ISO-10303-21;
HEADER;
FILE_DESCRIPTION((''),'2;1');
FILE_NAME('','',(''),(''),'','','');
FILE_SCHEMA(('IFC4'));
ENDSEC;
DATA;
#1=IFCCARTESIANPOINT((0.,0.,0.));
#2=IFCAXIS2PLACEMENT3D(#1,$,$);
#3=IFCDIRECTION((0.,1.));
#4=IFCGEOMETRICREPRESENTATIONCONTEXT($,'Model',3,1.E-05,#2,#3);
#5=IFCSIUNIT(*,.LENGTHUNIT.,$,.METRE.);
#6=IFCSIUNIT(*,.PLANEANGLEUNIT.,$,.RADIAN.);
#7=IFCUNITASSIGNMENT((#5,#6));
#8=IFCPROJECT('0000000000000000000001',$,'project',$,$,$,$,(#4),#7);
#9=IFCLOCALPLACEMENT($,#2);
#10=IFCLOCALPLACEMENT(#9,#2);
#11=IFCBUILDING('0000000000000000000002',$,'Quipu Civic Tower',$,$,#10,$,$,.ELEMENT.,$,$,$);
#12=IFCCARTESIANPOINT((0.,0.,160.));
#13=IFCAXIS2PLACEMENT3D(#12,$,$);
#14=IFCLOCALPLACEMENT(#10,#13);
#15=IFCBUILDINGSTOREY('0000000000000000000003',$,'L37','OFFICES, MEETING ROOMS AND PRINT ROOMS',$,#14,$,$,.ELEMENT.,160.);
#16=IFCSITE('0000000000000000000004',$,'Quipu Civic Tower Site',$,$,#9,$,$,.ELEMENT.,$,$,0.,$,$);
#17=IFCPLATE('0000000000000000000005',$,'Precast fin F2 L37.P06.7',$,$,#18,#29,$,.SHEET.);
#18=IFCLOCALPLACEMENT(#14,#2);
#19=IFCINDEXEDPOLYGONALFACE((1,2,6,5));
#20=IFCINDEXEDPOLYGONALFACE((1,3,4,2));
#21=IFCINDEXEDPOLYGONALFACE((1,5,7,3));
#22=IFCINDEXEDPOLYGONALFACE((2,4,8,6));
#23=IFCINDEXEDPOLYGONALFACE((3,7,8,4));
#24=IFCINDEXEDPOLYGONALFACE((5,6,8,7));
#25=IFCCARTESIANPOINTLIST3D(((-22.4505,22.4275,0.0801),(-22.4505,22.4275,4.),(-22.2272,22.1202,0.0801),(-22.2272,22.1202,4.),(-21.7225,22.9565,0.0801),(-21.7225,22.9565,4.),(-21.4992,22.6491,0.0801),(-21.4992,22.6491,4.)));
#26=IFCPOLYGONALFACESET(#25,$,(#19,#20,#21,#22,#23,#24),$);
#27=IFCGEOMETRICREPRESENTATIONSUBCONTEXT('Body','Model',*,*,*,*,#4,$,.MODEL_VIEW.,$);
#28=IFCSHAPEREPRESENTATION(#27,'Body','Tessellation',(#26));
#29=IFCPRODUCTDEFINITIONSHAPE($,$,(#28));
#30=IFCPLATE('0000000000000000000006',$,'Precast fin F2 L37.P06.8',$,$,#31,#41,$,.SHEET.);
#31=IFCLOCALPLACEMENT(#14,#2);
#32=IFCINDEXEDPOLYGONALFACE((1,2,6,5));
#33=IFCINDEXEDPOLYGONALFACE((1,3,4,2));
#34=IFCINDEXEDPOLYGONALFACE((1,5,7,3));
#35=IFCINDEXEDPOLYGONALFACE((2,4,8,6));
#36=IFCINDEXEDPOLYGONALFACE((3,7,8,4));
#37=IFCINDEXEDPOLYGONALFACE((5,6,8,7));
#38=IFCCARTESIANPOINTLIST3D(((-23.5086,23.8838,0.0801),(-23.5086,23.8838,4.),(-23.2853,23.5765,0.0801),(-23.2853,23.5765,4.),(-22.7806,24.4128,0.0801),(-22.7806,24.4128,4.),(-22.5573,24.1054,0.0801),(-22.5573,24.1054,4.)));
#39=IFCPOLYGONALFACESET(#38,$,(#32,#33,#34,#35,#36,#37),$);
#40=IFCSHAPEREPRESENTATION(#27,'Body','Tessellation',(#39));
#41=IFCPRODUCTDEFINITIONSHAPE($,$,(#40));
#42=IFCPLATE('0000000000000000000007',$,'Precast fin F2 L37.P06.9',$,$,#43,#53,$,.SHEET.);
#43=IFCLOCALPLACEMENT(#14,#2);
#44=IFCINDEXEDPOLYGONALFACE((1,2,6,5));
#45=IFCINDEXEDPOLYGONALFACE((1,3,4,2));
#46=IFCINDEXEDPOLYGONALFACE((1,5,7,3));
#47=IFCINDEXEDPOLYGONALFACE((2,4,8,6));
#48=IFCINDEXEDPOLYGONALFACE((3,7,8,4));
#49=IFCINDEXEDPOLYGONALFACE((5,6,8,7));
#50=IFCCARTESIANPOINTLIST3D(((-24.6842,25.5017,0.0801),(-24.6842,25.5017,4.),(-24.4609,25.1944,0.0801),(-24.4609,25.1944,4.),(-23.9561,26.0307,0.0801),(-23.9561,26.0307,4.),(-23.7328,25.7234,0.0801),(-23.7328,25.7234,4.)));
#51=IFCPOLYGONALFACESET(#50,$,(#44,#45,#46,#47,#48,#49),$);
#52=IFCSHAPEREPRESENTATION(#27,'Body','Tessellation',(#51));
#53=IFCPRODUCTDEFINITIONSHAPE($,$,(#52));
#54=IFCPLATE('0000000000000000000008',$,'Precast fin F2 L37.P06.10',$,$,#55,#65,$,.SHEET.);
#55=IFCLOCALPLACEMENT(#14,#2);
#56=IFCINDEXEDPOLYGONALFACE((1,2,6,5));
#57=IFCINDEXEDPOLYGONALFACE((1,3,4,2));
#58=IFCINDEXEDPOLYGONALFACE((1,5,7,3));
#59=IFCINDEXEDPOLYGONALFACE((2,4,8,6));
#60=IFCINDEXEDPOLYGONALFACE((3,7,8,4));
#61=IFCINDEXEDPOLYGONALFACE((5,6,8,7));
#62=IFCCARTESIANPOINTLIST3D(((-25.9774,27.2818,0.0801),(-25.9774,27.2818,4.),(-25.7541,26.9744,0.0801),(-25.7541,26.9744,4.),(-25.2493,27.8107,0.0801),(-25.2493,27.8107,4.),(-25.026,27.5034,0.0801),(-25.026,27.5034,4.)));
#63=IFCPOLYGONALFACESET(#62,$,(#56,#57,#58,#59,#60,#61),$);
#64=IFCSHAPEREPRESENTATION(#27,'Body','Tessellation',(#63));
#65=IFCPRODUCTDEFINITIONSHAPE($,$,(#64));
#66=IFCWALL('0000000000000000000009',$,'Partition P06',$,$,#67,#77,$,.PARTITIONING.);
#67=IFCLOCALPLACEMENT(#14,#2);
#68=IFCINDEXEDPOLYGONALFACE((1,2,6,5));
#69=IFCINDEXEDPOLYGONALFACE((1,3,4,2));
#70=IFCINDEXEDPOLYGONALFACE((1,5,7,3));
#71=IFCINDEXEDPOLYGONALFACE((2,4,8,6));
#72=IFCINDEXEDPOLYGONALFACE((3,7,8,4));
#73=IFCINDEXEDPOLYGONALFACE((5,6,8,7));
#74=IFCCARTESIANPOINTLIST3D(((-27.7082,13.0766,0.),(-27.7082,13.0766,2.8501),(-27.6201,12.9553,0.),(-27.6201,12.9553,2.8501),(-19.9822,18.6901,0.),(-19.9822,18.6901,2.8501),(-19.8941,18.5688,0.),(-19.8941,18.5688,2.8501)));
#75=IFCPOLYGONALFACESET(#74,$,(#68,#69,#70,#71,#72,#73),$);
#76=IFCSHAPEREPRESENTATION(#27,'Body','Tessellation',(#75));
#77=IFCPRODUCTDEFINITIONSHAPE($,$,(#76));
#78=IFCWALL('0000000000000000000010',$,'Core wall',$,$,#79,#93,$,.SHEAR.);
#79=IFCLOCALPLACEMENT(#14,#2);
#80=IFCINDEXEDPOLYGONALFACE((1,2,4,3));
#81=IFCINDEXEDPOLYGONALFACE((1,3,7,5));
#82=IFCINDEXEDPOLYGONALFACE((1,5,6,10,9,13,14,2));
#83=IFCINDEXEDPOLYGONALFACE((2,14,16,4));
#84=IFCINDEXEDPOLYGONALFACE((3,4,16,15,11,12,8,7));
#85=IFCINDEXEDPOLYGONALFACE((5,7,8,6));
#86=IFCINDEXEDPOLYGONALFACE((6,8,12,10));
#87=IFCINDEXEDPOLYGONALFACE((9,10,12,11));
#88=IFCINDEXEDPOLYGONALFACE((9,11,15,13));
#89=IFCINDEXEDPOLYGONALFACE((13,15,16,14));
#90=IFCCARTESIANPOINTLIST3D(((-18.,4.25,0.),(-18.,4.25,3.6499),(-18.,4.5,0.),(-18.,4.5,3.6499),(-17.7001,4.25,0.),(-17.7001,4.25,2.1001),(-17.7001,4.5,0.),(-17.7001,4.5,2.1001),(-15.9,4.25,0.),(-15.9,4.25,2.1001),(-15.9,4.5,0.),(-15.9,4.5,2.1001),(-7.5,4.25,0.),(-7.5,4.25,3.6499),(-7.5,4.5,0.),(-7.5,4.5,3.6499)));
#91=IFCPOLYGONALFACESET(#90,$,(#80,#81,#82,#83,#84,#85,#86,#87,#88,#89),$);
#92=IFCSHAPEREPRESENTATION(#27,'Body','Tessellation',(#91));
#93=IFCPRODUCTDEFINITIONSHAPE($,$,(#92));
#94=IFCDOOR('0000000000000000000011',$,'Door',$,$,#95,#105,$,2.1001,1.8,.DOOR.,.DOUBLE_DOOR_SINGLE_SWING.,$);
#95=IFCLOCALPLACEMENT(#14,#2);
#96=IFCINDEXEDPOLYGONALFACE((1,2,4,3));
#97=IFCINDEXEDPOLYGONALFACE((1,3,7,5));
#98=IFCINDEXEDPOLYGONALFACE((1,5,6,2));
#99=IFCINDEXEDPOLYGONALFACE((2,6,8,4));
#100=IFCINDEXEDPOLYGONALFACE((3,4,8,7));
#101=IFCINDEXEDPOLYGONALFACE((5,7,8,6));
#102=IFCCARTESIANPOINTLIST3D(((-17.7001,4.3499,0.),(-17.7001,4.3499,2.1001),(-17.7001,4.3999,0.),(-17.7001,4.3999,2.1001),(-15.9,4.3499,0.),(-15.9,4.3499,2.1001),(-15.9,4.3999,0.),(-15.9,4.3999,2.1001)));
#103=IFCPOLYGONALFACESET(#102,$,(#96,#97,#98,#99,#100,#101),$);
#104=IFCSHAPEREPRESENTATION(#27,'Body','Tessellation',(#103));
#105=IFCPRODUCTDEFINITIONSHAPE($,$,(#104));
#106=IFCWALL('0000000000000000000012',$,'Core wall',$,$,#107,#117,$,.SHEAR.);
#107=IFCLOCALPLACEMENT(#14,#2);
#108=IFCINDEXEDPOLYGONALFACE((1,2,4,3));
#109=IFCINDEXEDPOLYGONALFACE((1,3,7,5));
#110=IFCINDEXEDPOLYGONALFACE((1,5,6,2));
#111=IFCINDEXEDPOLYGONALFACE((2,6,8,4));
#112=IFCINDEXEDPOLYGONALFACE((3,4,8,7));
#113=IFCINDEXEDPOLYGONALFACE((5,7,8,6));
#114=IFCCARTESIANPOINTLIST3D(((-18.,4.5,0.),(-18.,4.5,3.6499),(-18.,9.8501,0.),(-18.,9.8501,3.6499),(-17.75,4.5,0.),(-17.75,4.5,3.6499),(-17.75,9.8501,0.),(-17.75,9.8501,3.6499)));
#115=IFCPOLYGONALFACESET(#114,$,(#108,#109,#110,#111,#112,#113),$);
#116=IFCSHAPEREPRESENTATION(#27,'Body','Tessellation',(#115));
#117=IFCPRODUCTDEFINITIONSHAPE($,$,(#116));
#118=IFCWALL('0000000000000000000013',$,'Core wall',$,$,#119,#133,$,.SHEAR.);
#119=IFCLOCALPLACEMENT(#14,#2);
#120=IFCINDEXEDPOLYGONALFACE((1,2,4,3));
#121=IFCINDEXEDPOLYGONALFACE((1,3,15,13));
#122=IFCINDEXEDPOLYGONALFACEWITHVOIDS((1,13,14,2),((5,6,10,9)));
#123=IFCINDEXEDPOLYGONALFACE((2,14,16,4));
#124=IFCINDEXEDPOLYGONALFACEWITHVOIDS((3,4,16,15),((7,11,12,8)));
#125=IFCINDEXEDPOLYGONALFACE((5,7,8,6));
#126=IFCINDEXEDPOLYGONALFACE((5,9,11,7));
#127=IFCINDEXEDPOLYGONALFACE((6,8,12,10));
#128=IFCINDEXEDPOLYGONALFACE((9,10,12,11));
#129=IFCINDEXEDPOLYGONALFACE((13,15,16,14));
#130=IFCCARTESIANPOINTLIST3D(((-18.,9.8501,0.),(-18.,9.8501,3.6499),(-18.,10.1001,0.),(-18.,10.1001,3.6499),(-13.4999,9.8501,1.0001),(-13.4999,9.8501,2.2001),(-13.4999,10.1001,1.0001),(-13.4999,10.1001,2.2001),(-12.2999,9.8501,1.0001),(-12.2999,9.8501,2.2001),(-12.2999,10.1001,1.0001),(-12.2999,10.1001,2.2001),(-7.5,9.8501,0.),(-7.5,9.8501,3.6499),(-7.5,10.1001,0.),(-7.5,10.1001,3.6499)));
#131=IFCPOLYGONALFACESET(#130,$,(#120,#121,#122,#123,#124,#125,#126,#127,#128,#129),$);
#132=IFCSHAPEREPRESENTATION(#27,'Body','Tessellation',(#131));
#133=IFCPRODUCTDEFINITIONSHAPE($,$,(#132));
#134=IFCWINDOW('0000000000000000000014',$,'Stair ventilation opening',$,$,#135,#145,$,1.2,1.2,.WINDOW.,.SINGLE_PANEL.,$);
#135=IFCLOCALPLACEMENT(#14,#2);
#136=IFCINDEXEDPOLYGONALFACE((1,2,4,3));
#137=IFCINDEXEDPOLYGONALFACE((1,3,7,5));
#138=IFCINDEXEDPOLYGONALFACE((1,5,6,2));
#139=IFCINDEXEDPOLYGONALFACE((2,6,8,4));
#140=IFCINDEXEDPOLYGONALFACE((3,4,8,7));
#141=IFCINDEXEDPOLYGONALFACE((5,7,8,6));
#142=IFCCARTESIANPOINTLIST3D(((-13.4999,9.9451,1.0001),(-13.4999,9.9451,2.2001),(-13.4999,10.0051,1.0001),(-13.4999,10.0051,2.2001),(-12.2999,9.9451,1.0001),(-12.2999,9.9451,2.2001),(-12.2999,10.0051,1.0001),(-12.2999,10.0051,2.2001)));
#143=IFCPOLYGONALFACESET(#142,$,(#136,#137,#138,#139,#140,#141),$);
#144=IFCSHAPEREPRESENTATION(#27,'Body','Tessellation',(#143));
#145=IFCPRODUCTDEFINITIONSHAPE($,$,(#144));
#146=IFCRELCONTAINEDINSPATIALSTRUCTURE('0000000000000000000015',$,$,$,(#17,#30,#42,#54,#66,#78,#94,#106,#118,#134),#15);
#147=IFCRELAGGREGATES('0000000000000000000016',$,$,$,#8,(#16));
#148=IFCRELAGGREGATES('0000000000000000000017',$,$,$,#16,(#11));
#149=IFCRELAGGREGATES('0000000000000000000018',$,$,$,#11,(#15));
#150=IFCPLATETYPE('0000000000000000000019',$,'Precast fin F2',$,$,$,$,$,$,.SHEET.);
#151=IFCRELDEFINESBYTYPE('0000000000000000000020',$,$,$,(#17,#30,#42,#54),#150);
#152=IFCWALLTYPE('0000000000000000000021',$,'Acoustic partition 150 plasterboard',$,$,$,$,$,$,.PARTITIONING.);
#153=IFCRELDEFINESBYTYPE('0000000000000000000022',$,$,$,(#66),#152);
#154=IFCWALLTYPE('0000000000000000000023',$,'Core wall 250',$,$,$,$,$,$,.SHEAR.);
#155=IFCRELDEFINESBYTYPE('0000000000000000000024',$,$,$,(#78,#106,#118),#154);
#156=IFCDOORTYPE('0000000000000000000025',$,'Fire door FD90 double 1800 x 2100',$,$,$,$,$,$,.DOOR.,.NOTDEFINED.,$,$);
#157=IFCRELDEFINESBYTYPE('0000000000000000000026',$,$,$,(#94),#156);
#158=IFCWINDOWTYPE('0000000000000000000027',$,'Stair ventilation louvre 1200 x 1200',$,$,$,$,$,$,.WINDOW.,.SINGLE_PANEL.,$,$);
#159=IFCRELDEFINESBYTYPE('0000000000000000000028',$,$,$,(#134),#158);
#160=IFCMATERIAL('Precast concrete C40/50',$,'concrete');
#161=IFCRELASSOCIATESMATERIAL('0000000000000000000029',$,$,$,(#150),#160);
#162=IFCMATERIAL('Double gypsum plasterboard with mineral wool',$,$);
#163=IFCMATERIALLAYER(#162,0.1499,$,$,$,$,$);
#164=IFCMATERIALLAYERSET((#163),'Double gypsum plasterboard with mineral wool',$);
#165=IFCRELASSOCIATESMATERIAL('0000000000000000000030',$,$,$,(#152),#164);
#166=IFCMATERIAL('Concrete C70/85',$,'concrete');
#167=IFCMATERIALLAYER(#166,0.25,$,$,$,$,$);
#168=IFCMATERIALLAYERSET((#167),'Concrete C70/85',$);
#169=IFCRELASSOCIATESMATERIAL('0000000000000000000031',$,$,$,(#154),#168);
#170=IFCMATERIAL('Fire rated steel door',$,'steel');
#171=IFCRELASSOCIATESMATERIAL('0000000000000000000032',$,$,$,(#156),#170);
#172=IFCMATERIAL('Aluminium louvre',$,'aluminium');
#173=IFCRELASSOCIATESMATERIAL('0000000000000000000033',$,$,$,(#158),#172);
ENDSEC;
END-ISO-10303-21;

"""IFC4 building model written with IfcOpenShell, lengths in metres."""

from ifc_helpers import new_model, si_unit, direction, frame, frame_2d, origin, origin_2d, place, context, subcontext, project, spatial, rectangle, extrude, material, layer, layer_set, type_object, element, fill, save


model = new_model("IFC4")

# Units and contexts
model_context = context("Model", 3, precision=1e-05, world=origin(), true_north=direction((0.0, 1.0)))
body_context = subcontext(model_context, "Body", "Model", "MODEL_VIEW")
ifc_project = project(units=[si_unit("LENGTHUNIT", "METRE"), si_unit("PLANEANGLEUNIT", "RADIAN")], contexts=[model_context])

# Site, building, storey
site_placement = place(None, origin())
site = spatial("IfcSite", under=ifc_project, at=site_placement, Name="Quipu Civic Tower Site", CompositionType="ELEMENT", RefElevation=0.0)
building_placement = place(site_placement, origin())
building = spatial("IfcBuilding", under=site, at=building_placement, Name="Quipu Civic Tower", CompositionType="ELEMENT")
storey_placement = place(building_placement, frame((0.0, 0.0, 160.0)))
storey = spatial("IfcBuildingStorey", under=building, at=storey_placement, Name="L37", Description="OFFICES, MEETING ROOMS AND PRINT ROOMS", CompositionType="ELEMENT", Elevation=160.0)

# Plates
ifc_material_1 = material(Name="Precast concrete C40/50", Category="concrete")
plate_type_1 = type_object("IfcPlateType", Name="Precast fin F2", PredefinedType="SHEET", material=ifc_material_1)
for number, where, z_axis, x_axis, name in (
    (1, (-21.9749, 22.5383, 0.0801), (0.0, 0.0, 1.0), (-0.587787, 0.809016, 0.0), "Precast fin F2 L37.P06.7"),
    (2, (-23.033, 23.9946, 0.0801), (0.0, 0.0, 1.0), (-0.587787, 0.809016, 0.0), "Precast fin F2 L37.P06.8"),
    (3, (-24.2085, 25.6125, 0.0801), (0.0, 0.0, 1.0), (-0.587787, 0.809016, 0.0), "Precast fin F2 L37.P06.9"),
    (4, (-25.5017, 27.3926, 0.0801), (0.0, 0.0, 1.0), (-0.587787, 0.809016, 0.0), "Precast fin F2 L37.P06.10"),
):
    element("IfcPlate", number, at=place(storey_placement, frame(where, z_axis=z_axis, x_axis=x_axis)), inside=storey, type_object=plate_type_1, Name=name, PredefinedType="SHEET", context=body_context, shape_type="SweptSolid", body=[
        extrude(rectangle(XDim=0.3799, YDim=0.8999, at=origin_2d()), origin(), (0.0, 0.0, 1.0), 3.9199),
    ])

# Wall
ifc_material_2 = material(Name="Double gypsum plasterboard with mineral wool")
ifc_layer_1 = layer(ifc_material_2, 0.1499)
ifc_layer_set_1 = layer_set([ifc_layer_1], Name="Double gypsum plasterboard with mineral wool")
wall_type_1 = type_object("IfcWallType", Name="Acoustic partition 150 plasterboard", PredefinedType="PARTITIONING", material=ifc_layer_set_1)
wall_1_placement = place(storey_placement, frame((-19.9382, 18.6294, 0.0), z_axis=(0.0, 0.0, 1.0), x_axis=(-0.809007, -0.587799, 0.0)))
element("IfcWall", 5, at=wall_1_placement, inside=storey, type_object=wall_type_1, Name="Partition P06", PredefinedType="PARTITIONING", context=body_context, shape_type="SweptSolid", body=[
    extrude(rectangle(XDim=9.55, YDim=0.1499, at=frame_2d((4.7749, 0.0))), origin(), (0.0, 0.0, 1.0), 2.8501),
])

# Wall, opening, door
ifc_material_3 = material(Name="Concrete C70/85", Category="concrete")
ifc_layer_2 = layer(ifc_material_3, 0.25)
ifc_layer_set_2 = layer_set([ifc_layer_2], Name="Concrete C70/85")
wall_type_2 = type_object("IfcWallType", Name="Core wall 250", PredefinedType="SHEAR", material=ifc_layer_set_2)
wall_2_placement = place(storey_placement, frame((-18.0, 4.375, 0.0), z_axis=(0.0, 0.0, 1.0), x_axis=(1.0, 0.0, 0.0)))
wall_2 = element("IfcWall", 6, at=wall_2_placement, inside=storey, type_object=wall_type_2, Name="Core wall", PredefinedType="SHEAR", context=body_context, shape_type="SweptSolid", body=[
    extrude(rectangle(XDim=10.5, YDim=0.25, at=frame_2d((5.25, 0.0))), origin(), (0.0, 0.0, 1.0), 3.6499),
])
opening_1_placement = place(wall_2_placement, frame((0.3, 0.0, 0.0)))
opening_1 = element("IfcOpeningElement", 7, at=opening_1_placement, cuts=wall_2, PredefinedType="OPENING", context=body_context, shape_type="SweptSolid", body=[
    extrude(rectangle(XDim=1.8, YDim=2.1001, at=frame_2d((0.8999, 1.05))), frame((0.0, 0.135, 0.0), z_axis=(0.0, -1.0, 0.0), x_axis=(1.0, 0.0, 0.0)), (0.0, 0.0, 1.0), 0.27),
])
ifc_material_4 = material(Name="Fire rated steel door", Category="steel")
door_type = type_object("IfcDoorType", Name="Fire door FD90 double 1800 x 2100", OperationType="NOTDEFINED", PredefinedType="DOOR", material=ifc_material_4)
door_placement = place(opening_1_placement, origin())
door = element("IfcDoor", 8, at=door_placement, inside=storey, type_object=door_type, Name="Door", OperationType="DOUBLE_DOOR_SINGLE_SWING", OverallHeight=2.1001, OverallWidth=1.8, PredefinedType="DOOR", context=body_context, shape_type="SweptSolid", body=[
    extrude(rectangle(XDim=1.8, YDim=2.1001, at=frame_2d((0.8999, 1.05))), frame((0.0, 0.0249, 0.0), z_axis=(0.0, -1.0, 0.0), x_axis=(1.0, 0.0, 0.0)), (0.0, 0.0, 1.0), 0.05),
])
fill(opening_1, door)

# Wall
wall_3_placement = place(storey_placement, frame((-17.875, 4.5, 0.0), z_axis=(0.0, 0.0, 1.0), x_axis=(0.0, 1.0, 0.0)))
element("IfcWall", 9, at=wall_3_placement, inside=storey, type_object=wall_type_2, Name="Core wall", PredefinedType="SHEAR", context=body_context, shape_type="SweptSolid", body=[
    extrude(rectangle(XDim=5.3501, YDim=0.25, at=frame_2d((2.675, 0.0))), origin(), (0.0, 0.0, 1.0), 3.6499),
])

# Wall, opening, window
wall_4_placement = place(storey_placement, frame((-18.0, 9.9751, 0.0), z_axis=(0.0, 0.0, 1.0), x_axis=(1.0, 0.0, 0.0)))
wall_4 = element("IfcWall", 10, at=wall_4_placement, inside=storey, type_object=wall_type_2, Name="Core wall", PredefinedType="SHEAR", context=body_context, shape_type="SweptSolid", body=[
    extrude(rectangle(XDim=10.5, YDim=0.25, at=frame_2d((5.25, 0.0))), origin(), (0.0, 0.0, 1.0), 3.6499),
])
opening_2_placement = place(wall_4_placement, frame((4.5, 0.0, 1.0)))
opening_2 = element("IfcOpeningElement", 11, at=opening_2_placement, cuts=wall_4, PredefinedType="OPENING", context=body_context, shape_type="SweptSolid", body=[
    extrude(rectangle(XDim=1.2, YDim=1.2, at=frame_2d((0.6001, 0.6001))), frame((0.0, 0.135, 0.0), z_axis=(0.0, -1.0, 0.0), x_axis=(1.0, 0.0, 0.0)), (0.0, 0.0, 1.0), 0.27),
])
ifc_material_5 = material(Name="Aluminium louvre", Category="aluminium")
window_type = type_object("IfcWindowType", Name="Stair ventilation louvre 1200 x 1200", PartitioningType="SINGLE_PANEL", PredefinedType="WINDOW", material=ifc_material_5)
window_placement = place(opening_2_placement, origin())
window = element("IfcWindow", 12, at=window_placement, inside=storey, type_object=window_type, Name="Stair ventilation opening", OverallHeight=1.2, OverallWidth=1.2, PartitioningType="SINGLE_PANEL", PredefinedType="WINDOW", context=body_context, shape_type="SweptSolid", body=[
    extrude(rectangle(XDim=1.2, YDim=1.2, at=frame_2d((0.6001, 0.6001))), frame((0.0, 0.03, 0.0), z_axis=(0.0, -1.0, 0.0), x_axis=(1.0, 0.0, 0.0)), (0.0, 0.0, 1.0), 0.0601),
])
fill(opening_2, window)

save(model, "model.ifc")
